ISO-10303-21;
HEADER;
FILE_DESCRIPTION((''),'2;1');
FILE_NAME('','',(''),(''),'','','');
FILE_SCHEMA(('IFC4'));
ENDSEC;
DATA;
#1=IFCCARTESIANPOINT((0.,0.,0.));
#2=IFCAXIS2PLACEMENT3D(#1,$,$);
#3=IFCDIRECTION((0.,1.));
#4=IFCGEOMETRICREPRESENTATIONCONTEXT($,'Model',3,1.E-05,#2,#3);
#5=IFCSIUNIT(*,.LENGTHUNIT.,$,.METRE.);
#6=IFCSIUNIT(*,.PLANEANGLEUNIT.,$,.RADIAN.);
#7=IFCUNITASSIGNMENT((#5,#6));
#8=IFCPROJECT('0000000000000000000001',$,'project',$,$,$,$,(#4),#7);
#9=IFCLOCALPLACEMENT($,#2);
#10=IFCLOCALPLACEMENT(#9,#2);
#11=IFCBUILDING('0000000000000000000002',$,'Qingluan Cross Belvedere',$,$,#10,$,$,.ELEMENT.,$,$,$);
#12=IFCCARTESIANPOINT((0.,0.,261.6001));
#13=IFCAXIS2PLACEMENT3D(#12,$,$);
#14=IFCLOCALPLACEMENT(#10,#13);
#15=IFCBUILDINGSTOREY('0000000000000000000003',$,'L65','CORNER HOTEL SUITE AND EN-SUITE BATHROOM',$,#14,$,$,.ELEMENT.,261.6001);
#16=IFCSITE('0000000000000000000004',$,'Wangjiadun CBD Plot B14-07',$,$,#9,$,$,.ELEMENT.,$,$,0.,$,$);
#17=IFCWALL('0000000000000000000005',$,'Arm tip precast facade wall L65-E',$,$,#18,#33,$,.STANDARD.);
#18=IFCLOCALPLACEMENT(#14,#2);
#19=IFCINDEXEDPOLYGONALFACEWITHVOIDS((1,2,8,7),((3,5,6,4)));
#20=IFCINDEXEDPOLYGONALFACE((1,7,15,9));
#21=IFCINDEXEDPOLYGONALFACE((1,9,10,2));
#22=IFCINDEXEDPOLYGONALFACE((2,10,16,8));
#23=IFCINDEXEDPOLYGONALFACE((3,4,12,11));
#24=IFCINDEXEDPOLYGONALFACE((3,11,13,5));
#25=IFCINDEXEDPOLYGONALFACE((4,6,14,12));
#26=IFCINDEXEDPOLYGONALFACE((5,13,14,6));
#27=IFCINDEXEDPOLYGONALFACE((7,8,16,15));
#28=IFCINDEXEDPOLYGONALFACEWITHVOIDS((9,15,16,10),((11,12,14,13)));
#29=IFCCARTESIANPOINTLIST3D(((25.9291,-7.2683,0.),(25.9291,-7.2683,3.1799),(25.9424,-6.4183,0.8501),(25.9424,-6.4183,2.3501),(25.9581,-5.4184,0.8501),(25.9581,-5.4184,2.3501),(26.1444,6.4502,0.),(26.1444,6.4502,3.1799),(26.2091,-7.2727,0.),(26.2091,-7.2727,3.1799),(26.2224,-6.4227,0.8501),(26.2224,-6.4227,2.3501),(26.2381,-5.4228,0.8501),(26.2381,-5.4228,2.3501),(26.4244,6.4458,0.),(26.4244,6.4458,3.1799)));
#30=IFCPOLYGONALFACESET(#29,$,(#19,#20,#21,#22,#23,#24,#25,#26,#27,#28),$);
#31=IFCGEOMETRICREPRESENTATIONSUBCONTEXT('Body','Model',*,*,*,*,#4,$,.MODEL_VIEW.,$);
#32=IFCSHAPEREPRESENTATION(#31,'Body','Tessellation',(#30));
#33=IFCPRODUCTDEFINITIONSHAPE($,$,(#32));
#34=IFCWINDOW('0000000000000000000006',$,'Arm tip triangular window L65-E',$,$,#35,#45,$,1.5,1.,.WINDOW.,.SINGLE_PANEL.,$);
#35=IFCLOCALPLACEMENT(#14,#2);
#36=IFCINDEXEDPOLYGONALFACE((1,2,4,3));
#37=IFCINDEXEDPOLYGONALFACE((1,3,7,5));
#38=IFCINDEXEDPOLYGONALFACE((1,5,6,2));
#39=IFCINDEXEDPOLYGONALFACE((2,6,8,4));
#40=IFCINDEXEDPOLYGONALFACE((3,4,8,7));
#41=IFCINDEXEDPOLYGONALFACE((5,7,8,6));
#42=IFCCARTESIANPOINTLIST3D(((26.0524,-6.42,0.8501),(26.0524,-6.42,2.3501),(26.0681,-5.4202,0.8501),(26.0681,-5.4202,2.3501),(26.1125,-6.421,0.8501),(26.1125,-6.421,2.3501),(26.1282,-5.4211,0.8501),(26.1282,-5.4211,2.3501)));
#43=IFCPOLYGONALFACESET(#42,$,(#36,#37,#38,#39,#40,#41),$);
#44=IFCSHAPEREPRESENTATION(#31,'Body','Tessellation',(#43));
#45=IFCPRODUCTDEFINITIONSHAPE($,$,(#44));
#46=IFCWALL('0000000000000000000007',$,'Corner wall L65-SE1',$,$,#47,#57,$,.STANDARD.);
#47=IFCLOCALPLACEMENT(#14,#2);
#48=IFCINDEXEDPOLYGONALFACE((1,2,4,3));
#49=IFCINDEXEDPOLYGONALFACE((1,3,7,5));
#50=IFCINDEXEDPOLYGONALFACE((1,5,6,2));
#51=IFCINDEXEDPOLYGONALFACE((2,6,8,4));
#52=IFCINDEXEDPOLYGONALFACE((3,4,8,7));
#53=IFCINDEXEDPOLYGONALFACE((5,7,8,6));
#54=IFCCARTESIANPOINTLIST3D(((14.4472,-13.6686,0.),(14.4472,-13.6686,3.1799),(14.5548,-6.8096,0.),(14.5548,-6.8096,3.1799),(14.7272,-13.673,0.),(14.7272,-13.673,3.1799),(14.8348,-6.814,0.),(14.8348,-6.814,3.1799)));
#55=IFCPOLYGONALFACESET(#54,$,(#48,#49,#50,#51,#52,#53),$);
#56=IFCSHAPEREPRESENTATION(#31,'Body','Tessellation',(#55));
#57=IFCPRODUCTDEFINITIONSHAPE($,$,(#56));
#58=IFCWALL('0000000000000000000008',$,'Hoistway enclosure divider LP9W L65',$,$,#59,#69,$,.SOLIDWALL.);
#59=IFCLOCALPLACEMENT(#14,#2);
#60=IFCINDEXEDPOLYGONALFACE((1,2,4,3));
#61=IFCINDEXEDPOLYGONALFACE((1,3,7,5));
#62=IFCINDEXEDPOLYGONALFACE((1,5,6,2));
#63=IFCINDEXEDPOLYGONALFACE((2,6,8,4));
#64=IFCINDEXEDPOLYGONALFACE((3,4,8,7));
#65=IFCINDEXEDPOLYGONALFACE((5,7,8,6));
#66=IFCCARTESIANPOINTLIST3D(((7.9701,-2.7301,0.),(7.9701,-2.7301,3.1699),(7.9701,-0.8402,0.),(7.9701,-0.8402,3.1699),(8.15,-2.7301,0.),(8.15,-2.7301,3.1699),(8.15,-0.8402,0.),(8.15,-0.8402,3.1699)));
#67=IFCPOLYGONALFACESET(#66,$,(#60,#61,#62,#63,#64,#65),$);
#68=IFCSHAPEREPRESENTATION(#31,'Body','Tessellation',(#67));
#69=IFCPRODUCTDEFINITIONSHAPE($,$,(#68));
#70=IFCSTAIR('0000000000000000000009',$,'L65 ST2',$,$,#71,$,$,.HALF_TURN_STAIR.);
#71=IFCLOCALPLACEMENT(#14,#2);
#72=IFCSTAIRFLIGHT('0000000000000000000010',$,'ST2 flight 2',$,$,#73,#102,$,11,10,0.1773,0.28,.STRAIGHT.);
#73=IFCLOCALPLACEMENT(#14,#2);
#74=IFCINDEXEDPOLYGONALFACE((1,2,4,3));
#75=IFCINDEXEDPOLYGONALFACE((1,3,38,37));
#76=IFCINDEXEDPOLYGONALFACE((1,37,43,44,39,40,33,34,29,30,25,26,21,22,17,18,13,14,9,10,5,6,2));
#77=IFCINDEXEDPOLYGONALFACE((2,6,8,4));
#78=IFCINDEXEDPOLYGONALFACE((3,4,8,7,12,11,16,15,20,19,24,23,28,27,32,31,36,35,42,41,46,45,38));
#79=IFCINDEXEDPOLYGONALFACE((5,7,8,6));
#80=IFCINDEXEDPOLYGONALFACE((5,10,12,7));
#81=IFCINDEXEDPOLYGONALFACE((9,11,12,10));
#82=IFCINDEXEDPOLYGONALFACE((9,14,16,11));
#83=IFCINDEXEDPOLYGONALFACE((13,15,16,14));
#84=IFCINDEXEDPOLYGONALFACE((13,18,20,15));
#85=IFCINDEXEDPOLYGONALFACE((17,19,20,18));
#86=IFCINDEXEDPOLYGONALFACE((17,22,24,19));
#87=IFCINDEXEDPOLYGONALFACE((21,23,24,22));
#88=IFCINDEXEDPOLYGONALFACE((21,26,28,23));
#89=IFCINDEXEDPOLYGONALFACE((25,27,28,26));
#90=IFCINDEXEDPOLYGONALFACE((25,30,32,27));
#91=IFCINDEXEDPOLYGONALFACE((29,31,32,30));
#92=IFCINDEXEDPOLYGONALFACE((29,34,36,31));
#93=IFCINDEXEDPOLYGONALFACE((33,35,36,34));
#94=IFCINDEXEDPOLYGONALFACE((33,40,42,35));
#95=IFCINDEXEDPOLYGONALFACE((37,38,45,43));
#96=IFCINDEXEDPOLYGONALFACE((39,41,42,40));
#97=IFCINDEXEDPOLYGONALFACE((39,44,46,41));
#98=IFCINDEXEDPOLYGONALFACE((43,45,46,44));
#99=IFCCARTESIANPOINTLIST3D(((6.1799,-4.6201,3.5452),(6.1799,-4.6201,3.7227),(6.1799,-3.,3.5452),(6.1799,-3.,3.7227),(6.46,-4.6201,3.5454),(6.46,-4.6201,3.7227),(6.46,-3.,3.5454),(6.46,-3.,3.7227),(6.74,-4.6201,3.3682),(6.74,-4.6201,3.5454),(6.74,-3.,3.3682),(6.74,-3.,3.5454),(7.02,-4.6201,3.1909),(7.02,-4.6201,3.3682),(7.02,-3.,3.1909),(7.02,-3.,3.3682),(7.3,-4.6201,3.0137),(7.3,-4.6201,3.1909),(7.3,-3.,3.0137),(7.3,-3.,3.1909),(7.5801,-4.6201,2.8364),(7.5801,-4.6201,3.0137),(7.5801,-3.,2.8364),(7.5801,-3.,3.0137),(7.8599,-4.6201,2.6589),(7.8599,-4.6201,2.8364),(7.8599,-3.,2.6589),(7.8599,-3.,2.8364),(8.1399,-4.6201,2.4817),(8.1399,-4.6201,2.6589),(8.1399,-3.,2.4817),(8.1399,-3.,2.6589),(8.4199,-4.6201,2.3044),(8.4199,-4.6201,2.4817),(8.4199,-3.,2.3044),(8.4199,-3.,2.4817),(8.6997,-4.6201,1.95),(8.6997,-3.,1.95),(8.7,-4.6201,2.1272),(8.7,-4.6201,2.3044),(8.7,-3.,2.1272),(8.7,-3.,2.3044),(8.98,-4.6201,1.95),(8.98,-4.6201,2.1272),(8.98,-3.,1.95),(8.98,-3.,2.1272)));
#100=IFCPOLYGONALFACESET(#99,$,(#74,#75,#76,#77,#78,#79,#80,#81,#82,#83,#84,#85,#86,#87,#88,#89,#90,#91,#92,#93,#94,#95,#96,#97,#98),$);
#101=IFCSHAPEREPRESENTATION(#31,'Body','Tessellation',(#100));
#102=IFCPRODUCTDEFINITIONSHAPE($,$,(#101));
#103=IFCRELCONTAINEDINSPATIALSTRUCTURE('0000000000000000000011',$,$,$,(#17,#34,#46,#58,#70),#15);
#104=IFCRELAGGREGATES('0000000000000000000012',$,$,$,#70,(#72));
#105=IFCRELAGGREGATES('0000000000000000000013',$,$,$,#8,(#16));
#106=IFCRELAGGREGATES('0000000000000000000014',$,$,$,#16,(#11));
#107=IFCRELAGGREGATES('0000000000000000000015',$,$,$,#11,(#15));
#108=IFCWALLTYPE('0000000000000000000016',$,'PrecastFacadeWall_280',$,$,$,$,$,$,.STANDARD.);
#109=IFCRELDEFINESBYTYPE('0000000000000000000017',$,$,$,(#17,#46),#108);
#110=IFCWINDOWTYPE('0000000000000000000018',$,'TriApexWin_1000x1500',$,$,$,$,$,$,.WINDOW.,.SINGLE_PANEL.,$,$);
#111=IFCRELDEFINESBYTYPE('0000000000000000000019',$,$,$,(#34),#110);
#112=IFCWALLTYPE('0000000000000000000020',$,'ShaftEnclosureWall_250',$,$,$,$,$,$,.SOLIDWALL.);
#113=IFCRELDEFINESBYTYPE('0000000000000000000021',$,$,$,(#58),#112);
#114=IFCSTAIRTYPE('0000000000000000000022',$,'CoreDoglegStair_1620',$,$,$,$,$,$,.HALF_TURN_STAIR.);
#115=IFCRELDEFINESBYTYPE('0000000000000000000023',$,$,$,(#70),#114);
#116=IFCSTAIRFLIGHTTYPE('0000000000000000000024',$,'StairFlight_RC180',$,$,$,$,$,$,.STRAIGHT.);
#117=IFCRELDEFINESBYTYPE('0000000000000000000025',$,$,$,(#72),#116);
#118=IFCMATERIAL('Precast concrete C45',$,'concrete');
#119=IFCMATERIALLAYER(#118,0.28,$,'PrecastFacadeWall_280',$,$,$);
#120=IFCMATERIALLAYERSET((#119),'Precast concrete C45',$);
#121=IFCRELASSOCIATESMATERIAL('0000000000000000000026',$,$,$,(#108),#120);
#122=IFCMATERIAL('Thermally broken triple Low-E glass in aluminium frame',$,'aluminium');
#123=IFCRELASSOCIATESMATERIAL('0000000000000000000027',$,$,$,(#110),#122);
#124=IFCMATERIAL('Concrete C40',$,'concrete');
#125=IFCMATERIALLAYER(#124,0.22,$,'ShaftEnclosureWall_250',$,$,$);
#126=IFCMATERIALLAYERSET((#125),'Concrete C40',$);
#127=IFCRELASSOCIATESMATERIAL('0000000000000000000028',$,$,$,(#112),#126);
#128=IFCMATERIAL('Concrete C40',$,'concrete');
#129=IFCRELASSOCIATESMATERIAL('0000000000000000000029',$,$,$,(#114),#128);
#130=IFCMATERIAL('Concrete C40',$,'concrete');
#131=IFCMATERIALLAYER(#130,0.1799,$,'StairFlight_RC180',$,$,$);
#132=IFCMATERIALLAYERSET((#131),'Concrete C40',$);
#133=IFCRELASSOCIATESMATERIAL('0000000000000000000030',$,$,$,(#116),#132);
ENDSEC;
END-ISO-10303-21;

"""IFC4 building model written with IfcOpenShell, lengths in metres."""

from ifc_helpers import new_model, si_unit, direction, frame, frame_2d, origin, place, context, subcontext, project, spatial, polyline, rectangle, outline, extrude, material, layer, layer_set, type_object, element, fill, aggregate, save


model = new_model("IFC4")

# Units and contexts
model_context = context("Model", 3, precision=1e-05, world=origin(), true_north=direction((0.0, 1.0)))
body_context = subcontext(model_context, "Body", "Model", "MODEL_VIEW")
ifc_project = project(units=[si_unit("LENGTHUNIT", "METRE"), si_unit("PLANEANGLEUNIT", "RADIAN")], contexts=[model_context])

# Site, building, storey
site_placement = place(None, origin())
site = spatial("IfcSite", under=ifc_project, at=site_placement, Name="Wangjiadun CBD Plot B14-07", CompositionType="ELEMENT", RefElevation=0.0)
building_placement = place(site_placement, origin())
building = spatial("IfcBuilding", under=site, at=building_placement, Name="Qingluan Cross Belvedere", CompositionType="ELEMENT")
storey_placement = place(building_placement, frame((0.0, 0.0, 261.6001)))
storey = spatial("IfcBuildingStorey", under=building, at=storey_placement, Name="L65", Description="CORNER HOTEL SUITE AND EN-SUITE BATHROOM", CompositionType="ELEMENT", Elevation=261.6001)

# Shared definitions
ifc_material_1 = material(Name="Precast concrete C45", Category="concrete")
ifc_layer_1 = layer(ifc_material_1, 0.28, Name="PrecastFacadeWall_280")
ifc_layer_set_1 = layer_set([ifc_layer_1], Name="Precast concrete C45")
wall_type_1 = type_object("IfcWallType", Name="PrecastFacadeWall_280", PredefinedType="STANDARD", material=ifc_layer_set_1)

# Wall, opening, window
wall_1_placement = place(storey_placement, frame((26.0691, -7.2705, 0.0), z_axis=(0.0, 0.0, 1.0), x_axis=(0.015695, 0.999877, 0.0)))
wall_1 = element("IfcWall", 1, at=wall_1_placement, inside=storey, type_object=wall_type_1, Name="Arm tip precast facade wall L65-E", PredefinedType="STANDARD", context=body_context, shape_type="SweptSolid", body=[
    extrude(rectangle(XDim=13.7202, YDim=0.28, at=frame_2d((6.8601, 0.0))), origin(), (0.0, 0.0, 1.0), 3.1799),
])
opening_1_placement = place(wall_1_placement, frame((0.8501, 0.0, 0.8501)))
opening_1 = element("IfcOpeningElement", 2, at=opening_1_placement, cuts=wall_1, PredefinedType="OPENING", context=body_context, shape_type="SweptSolid", body=[
    extrude(rectangle(XDim=1.0, YDim=1.5, at=frame_2d((0.5, 0.75))), frame((0.0, 0.1499, 0.0), z_axis=(0.0, -1.0, 0.0), x_axis=(1.0, 0.0, 0.0)), (0.0, 0.0, 1.0), 0.3),
])
ifc_material_2 = material(Name="Thermally broken triple Low-E glass in aluminium frame", Category="aluminium")
window_type_1 = type_object("IfcWindowType", Name="TriApexWin_1000x1500", PartitioningType="SINGLE_PANEL", PredefinedType="WINDOW", material=ifc_material_2)
window_1_placement = place(opening_1_placement, origin())
window_1 = element("IfcWindow", 3, at=window_1_placement, inside=storey, type_object=window_type_1, Name="Arm tip triangular window L65-E", OverallHeight=1.5, OverallWidth=1.0, PartitioningType="SINGLE_PANEL", PredefinedType="WINDOW", context=body_context, shape_type="SweptSolid", body=[
    extrude(rectangle(XDim=1.0, YDim=1.5, at=frame_2d((0.5, 0.75))), frame((0.0, 0.03, 0.0), z_axis=(0.0, -1.0, 0.0), x_axis=(1.0, 0.0, 0.0)), (0.0, 0.0, 1.0), 0.0601),
])
fill(opening_1, window_1)

# Walls
wall_2_placement = place(storey_placement, frame((14.6948, -6.8118, 0.0), z_axis=(0.0, 0.0, 1.0), x_axis=(-0.015695, -0.999877, 0.0)))
element("IfcWall", 4, at=wall_2_placement, inside=storey, type_object=wall_type_1, Name="Corner wall L65-SE1", PredefinedType="STANDARD", context=body_context, shape_type="SweptSolid", body=[
    extrude(rectangle(XDim=6.8599, YDim=0.28, at=frame_2d((3.4299, 0.0))), origin(), (0.0, 0.0, 1.0), 3.1799),
])
ifc_material_3 = material(Name="Concrete C40", Category="concrete")
ifc_layer_2 = layer(ifc_material_3, 0.22, Name="ShaftEnclosureWall_250")
ifc_layer_set_2 = layer_set([ifc_layer_2], Name="Concrete C40")
wall_type_2 = type_object("IfcWallType", Name="ShaftEnclosureWall_250", PredefinedType="SOLIDWALL", material=ifc_layer_set_2)
wall_3_placement = place(storey_placement, frame((8.0601, -2.73, 0.0), z_axis=(0.0, 0.0, 1.0), x_axis=(0.0, 1.0, 0.0)))
element("IfcWall", 5, at=wall_3_placement, inside=storey, type_object=wall_type_2, Name="Hoistway enclosure divider LP9W L65", PredefinedType="SOLIDWALL", context=body_context, shape_type="SweptSolid", body=[
    extrude(rectangle(XDim=1.8899, YDim=0.1799, at=frame_2d((0.9448, 0.0))), origin(), (0.0, 0.0, 1.0), 3.1699),
])

# Stair, stair flight
ifc_material_4 = material(Name="Concrete C40", Category="concrete")
stair_type = type_object("IfcStairType", Name="CoreDoglegStair_1620", PredefinedType="HALF_TURN_STAIR", material=ifc_material_4)
stair_placement = place(storey_placement, origin())
stair = element("IfcStair", 6, at=stair_placement, inside=storey, type_object=stair_type, Name="L65 ST2", PredefinedType="HALF_TURN_STAIR")
ifc_material_5 = material(Name="Concrete C40", Category="concrete")
ifc_layer_3 = layer(ifc_material_5, 0.1799, Name="StairFlight_RC180")
ifc_layer_set_3 = layer_set([ifc_layer_3], Name="Concrete C40")
stair_flight_type = type_object("IfcStairFlightType", Name="StairFlight_RC180", PredefinedType="STRAIGHT", material=ifc_layer_set_3)
stair_flight_placement = place(storey_placement, frame((8.98, -3.8101, 1.95), z_axis=(0.0, 0.0, 1.0), x_axis=(-1.0, 0.0, 0.0)))
stair_flight = element("IfcStairFlight", 7, at=stair_flight_placement, type_object=stair_flight_type, Name="ST2 flight 2", NumberOfRisers=11, NumberOfTreads=10, PredefinedType="STRAIGHT", RiserHeight=0.1773, TreadLength=0.28, context=body_context, shape_type="SweptSolid", body=[
    extrude(outline(polyline([(0.0, 0.0), (0.0, 0.1772), (0.28, 0.1772), (0.28, 0.3545), (0.5601, 0.3545), (0.5601, 0.5317), (0.8401, 0.5317), (0.8401, 0.709), (1.1201, 0.709), (1.1201, 0.8865), (1.3999, 0.8865), (1.3999, 1.0637), (1.6799, 1.0637), (1.6799, 1.241), (1.96, 1.241), (1.96, 1.4182), (2.24, 1.4182), (2.24, 1.5955), (2.52, 1.5955), (2.52, 1.7727), (2.8, 1.7727), (2.8, 1.95), (2.8, 1.5952), (0.2803, 0.0), (0.0, 0.0)])), frame((0.0, 0.8101, 0.0), z_axis=(0.0, -1.0, 0.0), x_axis=(1.0, 0.0, 0.0)), (0.0, 0.0, 1.0), 1.6201),
])
aggregate(stair, [stair_flight])

save(model, "model.ifc")
